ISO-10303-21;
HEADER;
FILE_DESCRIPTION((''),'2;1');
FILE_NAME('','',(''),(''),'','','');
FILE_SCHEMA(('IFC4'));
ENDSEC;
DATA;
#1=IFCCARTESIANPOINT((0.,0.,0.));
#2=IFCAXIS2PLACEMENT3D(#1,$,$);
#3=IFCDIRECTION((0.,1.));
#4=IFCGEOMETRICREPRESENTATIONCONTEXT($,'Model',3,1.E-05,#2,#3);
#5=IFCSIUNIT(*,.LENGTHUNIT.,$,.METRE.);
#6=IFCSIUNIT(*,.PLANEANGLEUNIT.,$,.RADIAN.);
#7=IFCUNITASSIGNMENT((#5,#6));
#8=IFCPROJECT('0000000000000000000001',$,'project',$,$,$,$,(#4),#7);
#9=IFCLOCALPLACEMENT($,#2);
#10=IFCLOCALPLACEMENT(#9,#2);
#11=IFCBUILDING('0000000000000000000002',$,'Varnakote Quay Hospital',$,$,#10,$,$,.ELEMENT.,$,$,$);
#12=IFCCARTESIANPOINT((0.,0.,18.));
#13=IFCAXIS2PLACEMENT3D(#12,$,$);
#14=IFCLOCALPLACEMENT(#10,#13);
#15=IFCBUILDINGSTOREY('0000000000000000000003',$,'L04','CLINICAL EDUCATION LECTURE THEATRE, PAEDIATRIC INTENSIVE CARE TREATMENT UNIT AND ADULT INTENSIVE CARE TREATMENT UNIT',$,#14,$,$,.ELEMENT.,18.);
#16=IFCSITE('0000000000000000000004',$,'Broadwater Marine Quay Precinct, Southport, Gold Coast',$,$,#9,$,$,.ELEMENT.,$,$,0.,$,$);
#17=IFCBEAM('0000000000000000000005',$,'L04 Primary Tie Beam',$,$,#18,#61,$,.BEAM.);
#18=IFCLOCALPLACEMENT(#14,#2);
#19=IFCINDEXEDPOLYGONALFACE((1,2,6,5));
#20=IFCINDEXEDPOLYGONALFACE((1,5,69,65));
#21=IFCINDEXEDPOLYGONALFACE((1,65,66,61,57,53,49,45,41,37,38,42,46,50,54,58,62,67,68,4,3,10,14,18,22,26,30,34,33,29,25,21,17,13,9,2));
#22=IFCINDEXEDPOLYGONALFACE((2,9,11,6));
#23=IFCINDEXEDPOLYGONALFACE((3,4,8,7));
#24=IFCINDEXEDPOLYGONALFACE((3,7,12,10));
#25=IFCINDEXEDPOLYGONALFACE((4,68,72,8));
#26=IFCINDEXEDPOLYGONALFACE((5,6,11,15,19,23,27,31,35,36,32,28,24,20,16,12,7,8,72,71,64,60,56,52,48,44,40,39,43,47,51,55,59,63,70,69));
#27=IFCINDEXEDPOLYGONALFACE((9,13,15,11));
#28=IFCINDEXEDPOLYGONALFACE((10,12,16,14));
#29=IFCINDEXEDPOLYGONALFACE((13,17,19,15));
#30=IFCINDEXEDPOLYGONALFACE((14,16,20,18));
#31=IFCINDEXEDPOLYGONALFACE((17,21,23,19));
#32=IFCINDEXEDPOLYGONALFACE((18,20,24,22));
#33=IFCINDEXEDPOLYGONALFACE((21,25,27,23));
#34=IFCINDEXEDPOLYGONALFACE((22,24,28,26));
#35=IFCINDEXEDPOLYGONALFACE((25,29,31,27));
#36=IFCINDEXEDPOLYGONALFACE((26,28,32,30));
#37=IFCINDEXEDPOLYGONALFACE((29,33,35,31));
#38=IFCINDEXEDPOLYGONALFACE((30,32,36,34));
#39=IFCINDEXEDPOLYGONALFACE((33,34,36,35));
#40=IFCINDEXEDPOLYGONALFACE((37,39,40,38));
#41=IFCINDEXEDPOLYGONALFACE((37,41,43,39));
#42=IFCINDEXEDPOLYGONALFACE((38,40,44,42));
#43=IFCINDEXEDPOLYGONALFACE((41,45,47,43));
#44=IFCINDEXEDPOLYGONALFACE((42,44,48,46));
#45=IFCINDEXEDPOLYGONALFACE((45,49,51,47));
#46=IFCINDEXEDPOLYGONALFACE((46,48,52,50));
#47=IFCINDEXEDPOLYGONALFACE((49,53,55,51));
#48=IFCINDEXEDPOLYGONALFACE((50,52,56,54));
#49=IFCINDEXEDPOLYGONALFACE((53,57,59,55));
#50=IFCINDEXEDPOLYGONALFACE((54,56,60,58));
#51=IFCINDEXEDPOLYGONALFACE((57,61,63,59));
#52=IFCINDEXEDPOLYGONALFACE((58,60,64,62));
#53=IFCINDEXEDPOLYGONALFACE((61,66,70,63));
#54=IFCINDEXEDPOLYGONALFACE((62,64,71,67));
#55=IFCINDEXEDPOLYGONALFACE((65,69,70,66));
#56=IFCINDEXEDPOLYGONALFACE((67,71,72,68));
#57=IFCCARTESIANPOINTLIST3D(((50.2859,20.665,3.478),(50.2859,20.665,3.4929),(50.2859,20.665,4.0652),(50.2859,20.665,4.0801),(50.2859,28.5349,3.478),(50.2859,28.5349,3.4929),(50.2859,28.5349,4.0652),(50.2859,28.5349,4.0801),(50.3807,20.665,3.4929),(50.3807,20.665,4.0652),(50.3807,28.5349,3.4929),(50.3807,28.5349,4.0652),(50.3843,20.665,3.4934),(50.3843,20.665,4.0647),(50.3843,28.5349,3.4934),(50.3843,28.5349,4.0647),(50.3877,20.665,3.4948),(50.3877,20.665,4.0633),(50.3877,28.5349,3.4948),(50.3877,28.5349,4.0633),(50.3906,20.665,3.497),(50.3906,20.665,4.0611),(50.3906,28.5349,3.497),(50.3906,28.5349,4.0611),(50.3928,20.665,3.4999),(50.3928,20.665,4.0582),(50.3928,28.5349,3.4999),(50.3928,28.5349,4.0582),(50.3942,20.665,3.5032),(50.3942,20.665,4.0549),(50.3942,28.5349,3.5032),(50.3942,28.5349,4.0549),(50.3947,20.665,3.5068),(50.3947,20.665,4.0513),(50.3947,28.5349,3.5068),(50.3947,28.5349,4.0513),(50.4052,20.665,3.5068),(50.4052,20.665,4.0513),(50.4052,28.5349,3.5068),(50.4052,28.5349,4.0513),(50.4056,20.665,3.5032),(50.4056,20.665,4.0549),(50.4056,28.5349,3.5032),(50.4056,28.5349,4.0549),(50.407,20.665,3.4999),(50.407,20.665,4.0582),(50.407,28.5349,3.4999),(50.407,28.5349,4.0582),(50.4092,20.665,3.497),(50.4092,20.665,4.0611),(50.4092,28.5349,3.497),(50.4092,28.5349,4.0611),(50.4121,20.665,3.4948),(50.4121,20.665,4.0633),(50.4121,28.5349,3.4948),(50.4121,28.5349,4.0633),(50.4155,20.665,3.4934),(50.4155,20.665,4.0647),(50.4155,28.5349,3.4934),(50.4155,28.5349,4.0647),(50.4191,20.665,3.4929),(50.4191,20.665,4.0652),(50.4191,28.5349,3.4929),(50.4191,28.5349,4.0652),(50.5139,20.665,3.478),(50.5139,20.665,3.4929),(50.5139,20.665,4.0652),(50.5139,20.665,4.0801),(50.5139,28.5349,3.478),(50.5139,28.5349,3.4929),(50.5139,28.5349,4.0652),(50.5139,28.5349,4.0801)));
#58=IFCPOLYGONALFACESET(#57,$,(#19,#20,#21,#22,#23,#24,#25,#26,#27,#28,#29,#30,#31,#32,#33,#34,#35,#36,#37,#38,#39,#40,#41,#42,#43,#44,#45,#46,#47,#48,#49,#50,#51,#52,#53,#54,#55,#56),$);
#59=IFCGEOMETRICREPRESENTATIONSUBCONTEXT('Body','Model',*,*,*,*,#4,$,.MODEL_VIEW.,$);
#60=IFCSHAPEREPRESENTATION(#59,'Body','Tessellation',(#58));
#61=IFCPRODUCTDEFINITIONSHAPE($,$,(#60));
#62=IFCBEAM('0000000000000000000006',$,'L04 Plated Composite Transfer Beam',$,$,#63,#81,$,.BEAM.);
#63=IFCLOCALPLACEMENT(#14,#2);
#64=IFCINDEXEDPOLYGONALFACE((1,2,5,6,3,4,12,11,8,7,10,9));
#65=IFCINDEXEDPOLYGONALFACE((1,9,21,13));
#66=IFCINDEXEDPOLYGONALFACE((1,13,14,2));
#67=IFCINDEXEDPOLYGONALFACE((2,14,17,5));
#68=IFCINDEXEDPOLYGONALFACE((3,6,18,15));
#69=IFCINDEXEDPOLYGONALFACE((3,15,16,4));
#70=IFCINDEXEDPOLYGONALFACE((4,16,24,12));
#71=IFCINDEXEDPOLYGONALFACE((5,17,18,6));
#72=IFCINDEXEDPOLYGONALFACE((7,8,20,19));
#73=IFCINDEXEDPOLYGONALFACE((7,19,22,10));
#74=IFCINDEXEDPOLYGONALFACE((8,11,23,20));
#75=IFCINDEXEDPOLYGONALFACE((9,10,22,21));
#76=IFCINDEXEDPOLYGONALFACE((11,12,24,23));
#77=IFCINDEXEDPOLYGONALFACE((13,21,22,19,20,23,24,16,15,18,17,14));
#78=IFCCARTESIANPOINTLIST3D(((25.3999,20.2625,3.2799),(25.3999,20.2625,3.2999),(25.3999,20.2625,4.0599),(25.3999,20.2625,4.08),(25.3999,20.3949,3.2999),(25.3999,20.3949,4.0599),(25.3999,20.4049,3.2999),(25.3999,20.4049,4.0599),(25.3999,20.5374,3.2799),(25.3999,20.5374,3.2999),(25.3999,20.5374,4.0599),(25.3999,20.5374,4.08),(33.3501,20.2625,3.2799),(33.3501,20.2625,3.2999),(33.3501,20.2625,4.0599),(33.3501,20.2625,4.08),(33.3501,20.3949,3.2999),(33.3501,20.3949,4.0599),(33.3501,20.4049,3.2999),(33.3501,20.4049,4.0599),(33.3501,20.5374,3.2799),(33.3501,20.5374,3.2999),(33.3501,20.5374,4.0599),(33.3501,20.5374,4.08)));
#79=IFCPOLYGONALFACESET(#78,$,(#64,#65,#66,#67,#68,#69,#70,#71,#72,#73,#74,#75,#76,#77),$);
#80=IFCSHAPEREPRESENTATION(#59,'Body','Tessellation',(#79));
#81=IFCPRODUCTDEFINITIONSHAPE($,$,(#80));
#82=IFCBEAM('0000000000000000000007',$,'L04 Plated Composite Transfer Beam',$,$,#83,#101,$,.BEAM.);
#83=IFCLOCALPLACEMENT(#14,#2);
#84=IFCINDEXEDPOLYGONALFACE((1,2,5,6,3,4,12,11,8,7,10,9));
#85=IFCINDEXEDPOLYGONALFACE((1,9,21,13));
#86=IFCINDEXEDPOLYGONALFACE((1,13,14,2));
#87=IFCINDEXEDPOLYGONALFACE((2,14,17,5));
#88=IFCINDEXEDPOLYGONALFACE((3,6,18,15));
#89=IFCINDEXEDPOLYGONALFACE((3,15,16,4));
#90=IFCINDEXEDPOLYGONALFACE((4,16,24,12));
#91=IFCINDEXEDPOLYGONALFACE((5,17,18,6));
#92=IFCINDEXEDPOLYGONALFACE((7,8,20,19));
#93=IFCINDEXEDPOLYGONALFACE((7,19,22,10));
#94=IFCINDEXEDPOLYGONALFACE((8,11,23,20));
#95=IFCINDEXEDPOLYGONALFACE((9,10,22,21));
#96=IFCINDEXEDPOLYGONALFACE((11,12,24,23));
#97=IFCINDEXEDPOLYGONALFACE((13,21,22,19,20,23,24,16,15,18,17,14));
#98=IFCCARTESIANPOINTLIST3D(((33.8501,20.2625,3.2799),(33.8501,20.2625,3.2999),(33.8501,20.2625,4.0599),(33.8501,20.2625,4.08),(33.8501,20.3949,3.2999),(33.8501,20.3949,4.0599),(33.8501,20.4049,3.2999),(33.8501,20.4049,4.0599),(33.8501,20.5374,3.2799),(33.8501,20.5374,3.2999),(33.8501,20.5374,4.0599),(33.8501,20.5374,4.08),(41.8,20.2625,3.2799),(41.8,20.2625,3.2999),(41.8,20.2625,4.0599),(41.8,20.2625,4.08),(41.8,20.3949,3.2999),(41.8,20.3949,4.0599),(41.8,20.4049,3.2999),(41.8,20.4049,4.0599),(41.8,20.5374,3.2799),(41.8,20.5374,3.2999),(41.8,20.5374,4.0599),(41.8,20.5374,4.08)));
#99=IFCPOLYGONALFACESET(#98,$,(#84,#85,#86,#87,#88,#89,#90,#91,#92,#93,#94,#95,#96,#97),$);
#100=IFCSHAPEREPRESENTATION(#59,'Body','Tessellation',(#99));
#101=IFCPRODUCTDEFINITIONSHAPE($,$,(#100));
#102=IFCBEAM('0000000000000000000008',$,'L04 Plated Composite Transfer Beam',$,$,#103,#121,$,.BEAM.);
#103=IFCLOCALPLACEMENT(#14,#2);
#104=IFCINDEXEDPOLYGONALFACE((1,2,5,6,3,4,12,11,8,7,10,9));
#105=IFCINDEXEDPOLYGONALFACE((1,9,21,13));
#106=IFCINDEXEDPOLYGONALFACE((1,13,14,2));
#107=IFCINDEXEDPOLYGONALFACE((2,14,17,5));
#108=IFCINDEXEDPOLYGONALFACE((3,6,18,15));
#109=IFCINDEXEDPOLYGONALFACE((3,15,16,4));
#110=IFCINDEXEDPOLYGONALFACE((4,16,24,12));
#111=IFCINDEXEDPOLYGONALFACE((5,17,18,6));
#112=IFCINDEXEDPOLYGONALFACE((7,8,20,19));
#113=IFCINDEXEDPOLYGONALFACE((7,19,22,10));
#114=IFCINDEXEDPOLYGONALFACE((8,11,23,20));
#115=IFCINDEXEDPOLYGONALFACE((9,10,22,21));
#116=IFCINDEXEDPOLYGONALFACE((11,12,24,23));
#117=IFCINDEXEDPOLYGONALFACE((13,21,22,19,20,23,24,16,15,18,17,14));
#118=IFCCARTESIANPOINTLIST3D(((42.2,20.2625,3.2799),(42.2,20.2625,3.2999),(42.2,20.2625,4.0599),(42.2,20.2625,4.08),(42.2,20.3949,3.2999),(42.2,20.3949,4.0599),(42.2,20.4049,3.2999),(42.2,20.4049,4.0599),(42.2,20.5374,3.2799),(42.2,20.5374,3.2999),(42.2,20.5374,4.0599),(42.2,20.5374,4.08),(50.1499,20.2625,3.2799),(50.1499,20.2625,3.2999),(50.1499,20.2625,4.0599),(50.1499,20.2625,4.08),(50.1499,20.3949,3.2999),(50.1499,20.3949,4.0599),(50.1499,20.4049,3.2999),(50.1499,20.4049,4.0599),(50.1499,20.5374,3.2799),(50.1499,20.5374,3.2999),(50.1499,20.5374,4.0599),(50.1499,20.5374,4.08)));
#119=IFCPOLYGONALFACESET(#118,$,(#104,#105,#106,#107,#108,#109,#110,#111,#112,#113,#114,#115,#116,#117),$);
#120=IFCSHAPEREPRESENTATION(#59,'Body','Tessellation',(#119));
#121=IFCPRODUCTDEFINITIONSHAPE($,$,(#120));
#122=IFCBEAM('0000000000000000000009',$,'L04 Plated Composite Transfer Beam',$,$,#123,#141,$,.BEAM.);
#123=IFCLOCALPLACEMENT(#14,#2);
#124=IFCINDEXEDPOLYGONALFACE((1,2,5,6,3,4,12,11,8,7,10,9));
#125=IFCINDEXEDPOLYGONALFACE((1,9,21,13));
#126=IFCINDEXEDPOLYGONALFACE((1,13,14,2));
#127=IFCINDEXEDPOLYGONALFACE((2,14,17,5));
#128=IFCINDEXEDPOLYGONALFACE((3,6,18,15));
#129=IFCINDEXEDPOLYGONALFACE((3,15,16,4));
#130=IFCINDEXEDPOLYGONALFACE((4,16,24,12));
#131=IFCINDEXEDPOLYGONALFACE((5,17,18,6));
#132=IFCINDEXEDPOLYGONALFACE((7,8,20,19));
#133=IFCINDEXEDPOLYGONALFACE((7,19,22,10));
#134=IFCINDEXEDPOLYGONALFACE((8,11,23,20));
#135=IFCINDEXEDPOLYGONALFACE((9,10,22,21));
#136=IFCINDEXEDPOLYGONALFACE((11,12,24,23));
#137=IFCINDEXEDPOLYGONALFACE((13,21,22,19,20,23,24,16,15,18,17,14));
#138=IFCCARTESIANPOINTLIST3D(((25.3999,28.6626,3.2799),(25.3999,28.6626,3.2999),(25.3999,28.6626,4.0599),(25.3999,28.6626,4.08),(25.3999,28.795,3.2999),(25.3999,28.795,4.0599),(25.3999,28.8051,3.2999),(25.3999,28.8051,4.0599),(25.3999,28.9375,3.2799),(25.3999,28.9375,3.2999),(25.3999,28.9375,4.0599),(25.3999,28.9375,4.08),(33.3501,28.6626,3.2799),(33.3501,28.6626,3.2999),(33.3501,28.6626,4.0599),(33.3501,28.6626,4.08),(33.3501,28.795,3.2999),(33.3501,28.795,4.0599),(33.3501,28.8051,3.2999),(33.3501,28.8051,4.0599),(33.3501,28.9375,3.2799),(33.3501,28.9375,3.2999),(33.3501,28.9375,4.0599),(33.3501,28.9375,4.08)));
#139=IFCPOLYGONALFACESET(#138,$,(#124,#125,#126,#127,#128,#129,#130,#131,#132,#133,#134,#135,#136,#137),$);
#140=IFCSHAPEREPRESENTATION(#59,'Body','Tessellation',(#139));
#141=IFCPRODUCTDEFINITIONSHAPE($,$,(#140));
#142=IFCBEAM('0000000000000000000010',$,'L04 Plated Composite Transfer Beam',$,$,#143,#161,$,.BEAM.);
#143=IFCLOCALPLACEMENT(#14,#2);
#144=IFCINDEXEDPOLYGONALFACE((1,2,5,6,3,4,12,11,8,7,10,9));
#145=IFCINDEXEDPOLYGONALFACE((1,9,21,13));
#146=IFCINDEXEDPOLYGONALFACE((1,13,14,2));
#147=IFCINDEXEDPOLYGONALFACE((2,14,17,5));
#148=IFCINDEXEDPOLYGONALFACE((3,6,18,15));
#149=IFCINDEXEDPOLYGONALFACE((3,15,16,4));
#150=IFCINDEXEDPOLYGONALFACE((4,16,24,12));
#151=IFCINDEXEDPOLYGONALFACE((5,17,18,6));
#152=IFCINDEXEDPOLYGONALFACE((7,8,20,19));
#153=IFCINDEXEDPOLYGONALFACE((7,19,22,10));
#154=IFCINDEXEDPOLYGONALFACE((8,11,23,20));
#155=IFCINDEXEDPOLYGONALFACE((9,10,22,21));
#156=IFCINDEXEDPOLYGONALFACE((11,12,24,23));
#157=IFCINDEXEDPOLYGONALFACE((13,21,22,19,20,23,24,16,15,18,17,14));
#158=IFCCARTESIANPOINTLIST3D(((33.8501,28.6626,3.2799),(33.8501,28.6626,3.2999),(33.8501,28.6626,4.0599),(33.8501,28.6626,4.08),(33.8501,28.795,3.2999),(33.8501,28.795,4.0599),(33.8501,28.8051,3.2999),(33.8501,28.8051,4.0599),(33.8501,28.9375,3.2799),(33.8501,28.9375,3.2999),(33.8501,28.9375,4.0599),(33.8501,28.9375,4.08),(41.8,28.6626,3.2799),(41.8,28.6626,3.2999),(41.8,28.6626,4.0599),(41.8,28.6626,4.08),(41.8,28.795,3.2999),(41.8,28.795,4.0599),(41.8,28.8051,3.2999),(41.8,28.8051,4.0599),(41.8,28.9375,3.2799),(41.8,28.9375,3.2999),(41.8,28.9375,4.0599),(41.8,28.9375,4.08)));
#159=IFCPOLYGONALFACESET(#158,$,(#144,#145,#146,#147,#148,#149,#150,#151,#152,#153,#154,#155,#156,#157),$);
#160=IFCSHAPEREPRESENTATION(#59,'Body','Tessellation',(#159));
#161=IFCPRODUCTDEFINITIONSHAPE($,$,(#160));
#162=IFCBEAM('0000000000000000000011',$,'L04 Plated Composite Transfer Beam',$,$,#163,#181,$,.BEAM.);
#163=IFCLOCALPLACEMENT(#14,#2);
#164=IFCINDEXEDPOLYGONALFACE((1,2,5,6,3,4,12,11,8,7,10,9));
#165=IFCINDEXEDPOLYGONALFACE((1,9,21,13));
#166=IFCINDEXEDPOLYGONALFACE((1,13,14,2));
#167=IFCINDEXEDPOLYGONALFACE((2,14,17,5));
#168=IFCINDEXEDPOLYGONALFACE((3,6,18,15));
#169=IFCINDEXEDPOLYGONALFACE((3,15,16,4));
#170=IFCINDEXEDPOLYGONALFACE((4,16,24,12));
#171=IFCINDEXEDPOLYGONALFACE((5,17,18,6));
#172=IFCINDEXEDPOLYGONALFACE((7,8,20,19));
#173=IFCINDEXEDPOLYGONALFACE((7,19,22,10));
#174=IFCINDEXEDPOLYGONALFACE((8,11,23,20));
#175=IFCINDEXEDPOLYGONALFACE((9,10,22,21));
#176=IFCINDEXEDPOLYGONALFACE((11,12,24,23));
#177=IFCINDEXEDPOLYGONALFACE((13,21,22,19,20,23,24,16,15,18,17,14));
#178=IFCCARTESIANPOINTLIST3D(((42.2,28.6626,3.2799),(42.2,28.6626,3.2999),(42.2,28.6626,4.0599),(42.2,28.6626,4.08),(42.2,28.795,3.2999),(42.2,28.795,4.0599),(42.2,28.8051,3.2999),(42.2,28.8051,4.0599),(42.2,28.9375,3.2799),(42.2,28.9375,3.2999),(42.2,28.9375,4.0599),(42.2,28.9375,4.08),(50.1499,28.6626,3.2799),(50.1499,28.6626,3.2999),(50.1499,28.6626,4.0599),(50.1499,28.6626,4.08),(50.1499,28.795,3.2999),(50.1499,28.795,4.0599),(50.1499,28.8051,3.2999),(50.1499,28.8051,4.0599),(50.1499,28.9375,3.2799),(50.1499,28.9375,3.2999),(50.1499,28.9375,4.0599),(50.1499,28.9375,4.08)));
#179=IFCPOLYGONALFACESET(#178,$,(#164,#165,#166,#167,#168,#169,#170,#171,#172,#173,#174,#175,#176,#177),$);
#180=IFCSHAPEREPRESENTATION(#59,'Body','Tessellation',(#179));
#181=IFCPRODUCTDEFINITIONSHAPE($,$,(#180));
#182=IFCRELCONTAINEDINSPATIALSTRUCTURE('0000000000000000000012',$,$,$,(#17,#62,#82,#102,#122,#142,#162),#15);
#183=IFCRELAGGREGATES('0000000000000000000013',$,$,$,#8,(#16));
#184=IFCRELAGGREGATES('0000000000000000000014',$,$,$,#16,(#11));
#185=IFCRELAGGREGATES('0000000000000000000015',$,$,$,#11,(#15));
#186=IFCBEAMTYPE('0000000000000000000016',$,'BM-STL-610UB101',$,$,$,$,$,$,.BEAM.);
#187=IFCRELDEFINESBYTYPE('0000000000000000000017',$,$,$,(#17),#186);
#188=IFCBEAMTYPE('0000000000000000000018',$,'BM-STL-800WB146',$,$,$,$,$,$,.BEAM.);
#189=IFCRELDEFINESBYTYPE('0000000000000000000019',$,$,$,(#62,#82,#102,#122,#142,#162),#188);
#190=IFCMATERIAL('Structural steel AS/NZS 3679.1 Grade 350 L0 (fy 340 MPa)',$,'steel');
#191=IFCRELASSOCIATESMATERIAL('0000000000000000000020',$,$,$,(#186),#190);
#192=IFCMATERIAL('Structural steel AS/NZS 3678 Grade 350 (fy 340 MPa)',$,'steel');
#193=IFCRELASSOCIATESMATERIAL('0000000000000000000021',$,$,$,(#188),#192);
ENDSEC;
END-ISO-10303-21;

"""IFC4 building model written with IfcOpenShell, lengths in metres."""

from ifc_helpers import new_model, si_unit, direction, frame, origin, origin_2d, place, context, subcontext, project, spatial, i_section, extrude, material, material_profile, profile_set, type_object, element, save


model = new_model("IFC4")

# Units and contexts
model_context = context("Model", 3, precision=1e-05, world=origin(), true_north=direction((0.0, 1.0)))
body_context = subcontext(model_context, "Body", "Model", "MODEL_VIEW")
ifc_project = project(units=[si_unit("LENGTHUNIT", "METRE"), si_unit("PLANEANGLEUNIT", "RADIAN")], contexts=[model_context])

# Site, building, storey
site_placement = place(None, origin())
site = spatial("IfcSite", under=ifc_project, at=site_placement, Name="Broadwater Marine Quay Precinct, Southport, Gold Coast", CompositionType="ELEMENT", RefElevation=0.0)
building_placement = place(site_placement, origin())
building = spatial("IfcBuilding", under=site, at=building_placement, Name="Varnakote Quay Hospital", CompositionType="ELEMENT")
storey_placement = place(building_placement, frame((0.0, 0.0, 18.0)))
storey = spatial("IfcBuildingStorey", under=building, at=storey_placement, Name="L04", Description="CLINICAL EDUCATION LECTURE THEATRE, PAEDIATRIC INTENSIVE CARE TREATMENT UNIT AND ADULT INTENSIVE CARE TREATMENT UNIT", CompositionType="ELEMENT", Elevation=18.0)

# Beams
ifc_material_1 = material(Name="Structural steel AS/NZS 3679.1 Grade 350 L0 (fy 340 MPa)", Category="steel")
ifc_material_profile_1 = material_profile(ifc_material_1, i_section(OverallWidth=0.228, OverallDepth=0.6021, WebThickness=0.0105, FlangeThickness=0.0149, FilletRadius=0.0139, at=origin_2d()), Name="610UB101")
ifc_profile_set_1 = profile_set([ifc_material_profile_1], Name="Structural steel AS/NZS 3679.1 Grade 350 L0 (fy 340 MPa)")
beam_type_1 = type_object("IfcBeamType", Name="BM-STL-610UB101", PredefinedType="BEAM", material=ifc_profile_set_1)
beam_1_placement = place(storey_placement, frame((50.3999, 20.665, 3.7791), z_axis=(0.0, 1.0, 0.0), x_axis=(-1.0, 0.0, 0.0)))
element("IfcBeam", 1, at=beam_1_placement, inside=storey, type_object=beam_type_1, Name="L04 Primary Tie Beam", PredefinedType="BEAM", context=body_context, shape_type="SweptSolid", body=[
    extrude(i_section(OverallWidth=0.228, OverallDepth=0.6021, WebThickness=0.0105, FlangeThickness=0.0149, FilletRadius=0.0139, at=origin_2d()), origin(), (0.0, 0.0, 1.0), 7.8699),
])
ifc_material_2 = material(Name="Structural steel AS/NZS 3678 Grade 350 (fy 340 MPa)", Category="steel")
ifc_material_profile_2 = material_profile(ifc_material_2, i_section(OverallWidth=0.2749, OverallDepth=0.8, WebThickness=0.01, FlangeThickness=0.02, at=origin_2d()), Name="800WB146")
ifc_profile_set_2 = profile_set([ifc_material_profile_2], Name="Structural steel AS/NZS 3678 Grade 350 (fy 340 MPa)")
beam_type_2 = type_object("IfcBeamType", Name="BM-STL-800WB146", PredefinedType="BEAM", material=ifc_profile_set_2)
beam_2_placement = place(storey_placement, frame((25.3999, 20.3999, 3.6799), z_axis=(1.0, 0.0, 0.0), x_axis=(0.0, 1.0, 0.0)))
element("IfcBeam", 2, at=beam_2_placement, inside=storey, type_object=beam_type_2, Name="L04 Plated Composite Transfer Beam", PredefinedType="BEAM", context=body_context, shape_type="SweptSolid", body=[
    extrude(i_section(OverallWidth=0.2749, OverallDepth=0.8, WebThickness=0.01, FlangeThickness=0.02, at=origin_2d()), origin(), (0.0, 0.0, 1.0), 7.9502),
])
for number, where, z_axis, x_axis, name in (
    (3, (33.8501, 20.3999, 3.6799), (1.0, 0.0, 0.0), (0.0, 1.0, 0.0), "L04 Plated Composite Transfer Beam"),
    (4, (42.2, 20.3999, 3.6799), (1.0, 0.0, 0.0), (0.0, 1.0, 0.0), "L04 Plated Composite Transfer Beam"),
):
    element("IfcBeam", number, at=place(storey_placement, frame(where, z_axis=z_axis, x_axis=x_axis)), inside=storey, type_object=beam_type_2, Name=name, PredefinedType="BEAM", context=body_context, shape_type="SweptSolid", body=[
        extrude(i_section(OverallWidth=0.2749, OverallDepth=0.8, WebThickness=0.01, FlangeThickness=0.02, at=origin_2d()), origin(), (0.0, 0.0, 1.0), 7.95),
    ])
beam_3_placement = place(storey_placement, frame((25.3999, 28.8, 3.6799), z_axis=(1.0, 0.0, 0.0), x_axis=(0.0, 1.0, 0.0)))
element("IfcBeam", 5, at=beam_3_placement, inside=storey, type_object=beam_type_2, Name="L04 Plated Composite Transfer Beam", PredefinedType="BEAM", context=body_context, shape_type="SweptSolid", body=[
    extrude(i_section(OverallWidth=0.2749, OverallDepth=0.8, WebThickness=0.01, FlangeThickness=0.02, at=origin_2d()), origin(), (0.0, 0.0, 1.0), 7.9502),
])
for number, where, z_axis, x_axis, name in (
    (6, (33.8501, 28.8, 3.6799), (1.0, 0.0, 0.0), (0.0, 1.0, 0.0), "L04 Plated Composite Transfer Beam"),
    (7, (42.2, 28.8, 3.6799), (1.0, 0.0, 0.0), (0.0, 1.0, 0.0), "L04 Plated Composite Transfer Beam"),
):
    element("IfcBeam", number, at=place(storey_placement, frame(where, z_axis=z_axis, x_axis=x_axis)), inside=storey, type_object=beam_type_2, Name=name, PredefinedType="BEAM", context=body_context, shape_type="SweptSolid", body=[
        extrude(i_section(OverallWidth=0.2749, OverallDepth=0.8, WebThickness=0.01, FlangeThickness=0.02, at=origin_2d()), origin(), (0.0, 0.0, 1.0), 7.95),
    ])

save(model, "model.ifc")
